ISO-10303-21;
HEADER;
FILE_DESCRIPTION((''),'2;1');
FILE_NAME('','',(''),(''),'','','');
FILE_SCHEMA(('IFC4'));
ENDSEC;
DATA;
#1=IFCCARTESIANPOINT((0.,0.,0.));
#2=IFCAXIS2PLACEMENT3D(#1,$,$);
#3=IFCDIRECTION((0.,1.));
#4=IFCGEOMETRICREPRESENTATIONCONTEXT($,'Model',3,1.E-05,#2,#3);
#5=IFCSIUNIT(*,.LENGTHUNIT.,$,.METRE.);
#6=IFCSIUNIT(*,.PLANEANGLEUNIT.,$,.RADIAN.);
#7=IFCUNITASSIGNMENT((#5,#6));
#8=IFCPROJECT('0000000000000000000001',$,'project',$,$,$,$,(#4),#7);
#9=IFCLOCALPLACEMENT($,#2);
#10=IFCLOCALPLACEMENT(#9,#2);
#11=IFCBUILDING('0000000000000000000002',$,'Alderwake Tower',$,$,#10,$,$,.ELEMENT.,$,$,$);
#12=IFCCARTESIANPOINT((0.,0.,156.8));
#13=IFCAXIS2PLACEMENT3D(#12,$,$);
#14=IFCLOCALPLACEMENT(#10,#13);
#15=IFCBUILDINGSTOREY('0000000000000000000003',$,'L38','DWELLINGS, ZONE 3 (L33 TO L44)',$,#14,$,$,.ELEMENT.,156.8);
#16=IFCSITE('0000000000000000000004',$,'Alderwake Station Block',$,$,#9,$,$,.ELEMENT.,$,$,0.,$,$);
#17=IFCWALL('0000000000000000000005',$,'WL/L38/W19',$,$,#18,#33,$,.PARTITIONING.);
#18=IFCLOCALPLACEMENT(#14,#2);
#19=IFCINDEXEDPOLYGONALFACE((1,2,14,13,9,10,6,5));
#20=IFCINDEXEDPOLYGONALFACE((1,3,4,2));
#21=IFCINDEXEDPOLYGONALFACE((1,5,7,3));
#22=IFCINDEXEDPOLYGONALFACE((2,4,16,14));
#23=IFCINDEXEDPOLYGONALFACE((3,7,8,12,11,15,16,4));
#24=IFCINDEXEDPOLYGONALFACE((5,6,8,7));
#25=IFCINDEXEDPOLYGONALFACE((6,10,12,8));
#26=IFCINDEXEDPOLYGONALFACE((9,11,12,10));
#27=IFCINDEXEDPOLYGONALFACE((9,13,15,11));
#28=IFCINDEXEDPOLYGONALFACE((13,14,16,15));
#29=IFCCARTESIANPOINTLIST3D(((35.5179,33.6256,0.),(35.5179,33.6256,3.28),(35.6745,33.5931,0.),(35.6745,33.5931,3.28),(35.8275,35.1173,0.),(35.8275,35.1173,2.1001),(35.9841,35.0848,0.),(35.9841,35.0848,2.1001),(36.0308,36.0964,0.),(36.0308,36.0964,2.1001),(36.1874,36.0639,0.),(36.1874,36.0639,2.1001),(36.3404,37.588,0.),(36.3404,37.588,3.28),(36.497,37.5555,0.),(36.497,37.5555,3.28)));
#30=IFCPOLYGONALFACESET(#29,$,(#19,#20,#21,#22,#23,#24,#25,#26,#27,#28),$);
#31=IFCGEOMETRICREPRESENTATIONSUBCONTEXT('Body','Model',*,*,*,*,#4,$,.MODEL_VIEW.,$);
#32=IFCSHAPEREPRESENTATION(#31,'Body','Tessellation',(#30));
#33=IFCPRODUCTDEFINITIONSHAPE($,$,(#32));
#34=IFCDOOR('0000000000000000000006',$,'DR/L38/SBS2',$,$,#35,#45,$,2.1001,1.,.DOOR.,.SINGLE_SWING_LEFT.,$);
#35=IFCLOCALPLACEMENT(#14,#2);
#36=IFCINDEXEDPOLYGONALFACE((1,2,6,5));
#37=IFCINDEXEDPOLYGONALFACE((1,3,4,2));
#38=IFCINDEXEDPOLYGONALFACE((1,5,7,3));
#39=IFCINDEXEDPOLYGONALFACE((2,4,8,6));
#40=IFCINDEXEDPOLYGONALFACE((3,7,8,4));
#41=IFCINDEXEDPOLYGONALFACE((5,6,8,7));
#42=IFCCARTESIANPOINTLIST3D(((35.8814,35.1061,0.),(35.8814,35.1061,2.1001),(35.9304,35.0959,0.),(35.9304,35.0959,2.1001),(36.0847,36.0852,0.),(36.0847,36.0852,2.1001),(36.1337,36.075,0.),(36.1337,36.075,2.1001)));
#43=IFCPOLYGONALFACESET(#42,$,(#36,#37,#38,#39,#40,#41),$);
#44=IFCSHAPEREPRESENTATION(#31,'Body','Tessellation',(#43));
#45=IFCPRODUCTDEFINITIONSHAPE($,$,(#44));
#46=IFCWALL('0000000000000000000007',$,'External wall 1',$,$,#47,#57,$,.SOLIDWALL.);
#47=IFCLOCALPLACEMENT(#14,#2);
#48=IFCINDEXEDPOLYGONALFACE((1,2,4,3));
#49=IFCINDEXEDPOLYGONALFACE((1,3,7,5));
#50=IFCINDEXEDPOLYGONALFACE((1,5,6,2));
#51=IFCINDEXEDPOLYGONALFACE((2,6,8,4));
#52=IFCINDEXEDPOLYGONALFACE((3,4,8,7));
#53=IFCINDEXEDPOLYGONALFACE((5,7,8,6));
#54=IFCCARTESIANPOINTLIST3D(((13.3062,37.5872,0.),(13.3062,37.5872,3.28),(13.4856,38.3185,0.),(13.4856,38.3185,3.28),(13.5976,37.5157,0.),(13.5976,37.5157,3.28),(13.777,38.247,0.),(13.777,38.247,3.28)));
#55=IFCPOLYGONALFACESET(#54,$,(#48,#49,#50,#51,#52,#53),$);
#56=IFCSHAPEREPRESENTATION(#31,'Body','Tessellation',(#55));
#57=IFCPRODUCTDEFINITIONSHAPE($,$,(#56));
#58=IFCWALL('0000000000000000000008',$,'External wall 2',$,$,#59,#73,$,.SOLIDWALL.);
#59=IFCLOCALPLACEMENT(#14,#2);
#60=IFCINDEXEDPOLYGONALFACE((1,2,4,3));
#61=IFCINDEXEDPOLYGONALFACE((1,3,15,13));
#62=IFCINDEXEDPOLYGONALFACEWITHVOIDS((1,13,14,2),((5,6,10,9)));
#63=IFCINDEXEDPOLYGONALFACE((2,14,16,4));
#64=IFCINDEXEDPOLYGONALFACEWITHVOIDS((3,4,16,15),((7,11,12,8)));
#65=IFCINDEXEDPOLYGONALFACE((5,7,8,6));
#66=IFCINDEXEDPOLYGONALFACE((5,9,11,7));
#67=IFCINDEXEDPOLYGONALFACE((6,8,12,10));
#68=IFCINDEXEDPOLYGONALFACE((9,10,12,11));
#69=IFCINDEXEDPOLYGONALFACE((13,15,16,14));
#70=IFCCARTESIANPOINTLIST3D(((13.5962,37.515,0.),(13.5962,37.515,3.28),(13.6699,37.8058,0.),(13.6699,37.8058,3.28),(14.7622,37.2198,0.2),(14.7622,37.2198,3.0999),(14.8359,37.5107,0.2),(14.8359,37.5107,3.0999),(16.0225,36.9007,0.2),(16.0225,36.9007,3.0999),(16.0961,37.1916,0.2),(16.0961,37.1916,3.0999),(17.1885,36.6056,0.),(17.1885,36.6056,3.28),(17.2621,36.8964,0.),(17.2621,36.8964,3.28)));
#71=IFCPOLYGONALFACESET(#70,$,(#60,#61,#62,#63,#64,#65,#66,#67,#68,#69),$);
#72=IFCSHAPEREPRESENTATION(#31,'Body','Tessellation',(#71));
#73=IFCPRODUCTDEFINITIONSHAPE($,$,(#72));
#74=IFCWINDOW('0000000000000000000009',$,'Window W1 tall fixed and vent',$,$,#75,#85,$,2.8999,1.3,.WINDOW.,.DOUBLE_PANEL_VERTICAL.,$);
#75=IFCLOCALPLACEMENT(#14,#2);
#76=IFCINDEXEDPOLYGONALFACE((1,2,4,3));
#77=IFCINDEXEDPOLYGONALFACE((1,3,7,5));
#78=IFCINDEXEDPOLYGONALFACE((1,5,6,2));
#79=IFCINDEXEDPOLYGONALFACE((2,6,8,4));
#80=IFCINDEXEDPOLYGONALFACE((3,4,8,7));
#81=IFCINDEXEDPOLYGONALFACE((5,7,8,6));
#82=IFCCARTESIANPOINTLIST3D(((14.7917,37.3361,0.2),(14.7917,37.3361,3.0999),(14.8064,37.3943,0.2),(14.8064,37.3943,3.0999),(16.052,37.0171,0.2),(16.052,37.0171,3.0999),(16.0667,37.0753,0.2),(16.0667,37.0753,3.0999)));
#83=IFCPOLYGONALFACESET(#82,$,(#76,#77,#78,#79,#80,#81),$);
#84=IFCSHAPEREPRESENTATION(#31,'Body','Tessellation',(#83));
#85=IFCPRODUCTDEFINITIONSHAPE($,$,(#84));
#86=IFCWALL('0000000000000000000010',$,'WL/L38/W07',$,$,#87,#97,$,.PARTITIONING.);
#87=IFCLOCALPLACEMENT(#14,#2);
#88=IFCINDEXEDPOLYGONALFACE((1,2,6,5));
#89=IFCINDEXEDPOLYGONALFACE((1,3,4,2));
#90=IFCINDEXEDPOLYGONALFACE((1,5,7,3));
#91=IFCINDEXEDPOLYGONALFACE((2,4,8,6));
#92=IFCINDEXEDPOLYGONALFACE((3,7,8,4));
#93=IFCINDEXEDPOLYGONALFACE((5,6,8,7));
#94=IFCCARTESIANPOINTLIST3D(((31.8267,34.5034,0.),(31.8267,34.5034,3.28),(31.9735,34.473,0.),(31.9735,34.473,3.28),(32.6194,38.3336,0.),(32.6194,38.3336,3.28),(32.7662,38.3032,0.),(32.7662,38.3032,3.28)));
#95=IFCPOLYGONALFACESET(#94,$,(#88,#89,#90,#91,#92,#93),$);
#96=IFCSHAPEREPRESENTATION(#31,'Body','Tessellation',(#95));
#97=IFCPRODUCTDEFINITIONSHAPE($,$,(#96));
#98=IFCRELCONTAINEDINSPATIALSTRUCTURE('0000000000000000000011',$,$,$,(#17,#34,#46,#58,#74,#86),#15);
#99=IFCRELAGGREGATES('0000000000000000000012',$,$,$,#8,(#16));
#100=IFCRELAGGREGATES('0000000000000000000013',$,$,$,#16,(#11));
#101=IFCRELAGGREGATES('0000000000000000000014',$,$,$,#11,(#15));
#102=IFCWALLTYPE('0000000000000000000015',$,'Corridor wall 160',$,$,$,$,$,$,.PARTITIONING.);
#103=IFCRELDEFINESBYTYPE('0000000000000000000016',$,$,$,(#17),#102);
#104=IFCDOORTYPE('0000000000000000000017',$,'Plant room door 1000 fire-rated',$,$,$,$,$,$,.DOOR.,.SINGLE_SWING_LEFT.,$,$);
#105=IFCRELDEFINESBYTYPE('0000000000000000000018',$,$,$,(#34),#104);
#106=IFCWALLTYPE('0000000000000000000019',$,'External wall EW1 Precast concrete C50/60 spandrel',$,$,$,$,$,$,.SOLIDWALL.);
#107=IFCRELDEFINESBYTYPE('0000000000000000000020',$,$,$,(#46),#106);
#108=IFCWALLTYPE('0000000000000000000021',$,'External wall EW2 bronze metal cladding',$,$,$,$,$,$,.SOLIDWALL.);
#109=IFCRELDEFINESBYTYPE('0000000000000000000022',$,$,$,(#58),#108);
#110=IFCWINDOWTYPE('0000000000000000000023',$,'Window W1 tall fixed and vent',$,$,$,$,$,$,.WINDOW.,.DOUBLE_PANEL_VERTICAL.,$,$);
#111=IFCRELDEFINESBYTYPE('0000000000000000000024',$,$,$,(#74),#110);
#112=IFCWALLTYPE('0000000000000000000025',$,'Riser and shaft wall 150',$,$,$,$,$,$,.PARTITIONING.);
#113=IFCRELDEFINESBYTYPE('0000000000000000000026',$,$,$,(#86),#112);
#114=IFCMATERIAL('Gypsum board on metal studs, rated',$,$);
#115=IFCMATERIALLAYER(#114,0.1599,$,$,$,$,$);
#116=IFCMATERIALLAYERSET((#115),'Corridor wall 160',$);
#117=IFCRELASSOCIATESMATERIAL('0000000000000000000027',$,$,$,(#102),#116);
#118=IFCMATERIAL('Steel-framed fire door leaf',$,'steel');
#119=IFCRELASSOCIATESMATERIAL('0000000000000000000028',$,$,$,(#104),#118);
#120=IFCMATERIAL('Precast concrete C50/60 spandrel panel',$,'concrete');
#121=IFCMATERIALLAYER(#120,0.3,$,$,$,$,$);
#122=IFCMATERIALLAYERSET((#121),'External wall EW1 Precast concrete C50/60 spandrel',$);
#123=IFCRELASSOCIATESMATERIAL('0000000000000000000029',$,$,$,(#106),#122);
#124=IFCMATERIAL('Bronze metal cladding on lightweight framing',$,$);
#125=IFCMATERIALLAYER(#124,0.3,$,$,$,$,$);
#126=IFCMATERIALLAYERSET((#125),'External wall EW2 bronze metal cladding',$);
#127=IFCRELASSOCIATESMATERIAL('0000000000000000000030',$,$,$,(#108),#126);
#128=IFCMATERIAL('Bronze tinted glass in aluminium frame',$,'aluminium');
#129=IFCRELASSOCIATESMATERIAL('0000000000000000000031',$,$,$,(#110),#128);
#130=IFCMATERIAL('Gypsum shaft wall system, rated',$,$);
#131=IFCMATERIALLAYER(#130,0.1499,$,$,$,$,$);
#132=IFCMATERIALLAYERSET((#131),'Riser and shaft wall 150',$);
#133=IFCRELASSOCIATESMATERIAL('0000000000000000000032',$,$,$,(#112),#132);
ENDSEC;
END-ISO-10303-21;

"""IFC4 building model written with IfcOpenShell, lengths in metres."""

from ifc_helpers import new_model, si_unit, direction, frame, frame_2d, origin, place, context, subcontext, project, spatial, rectangle, extrude, material, layer, layer_set, type_object, element, fill, save


model = new_model("IFC4")

# Units and contexts
model_context = context("Model", 3, precision=1e-05, world=origin(), true_north=direction((0.0, 1.0)))
body_context = subcontext(model_context, "Body", "Model", "MODEL_VIEW")
ifc_project = project(units=[si_unit("LENGTHUNIT", "METRE"), si_unit("PLANEANGLEUNIT", "RADIAN")], contexts=[model_context])

# Site, building, storey
site_placement = place(None, origin())
site = spatial("IfcSite", under=ifc_project, at=site_placement, Name="Alderwake Station Block", CompositionType="ELEMENT", RefElevation=0.0)
building_placement = place(site_placement, origin())
building = spatial("IfcBuilding", under=site, at=building_placement, Name="Alderwake Tower", CompositionType="ELEMENT")
storey_placement = place(building_placement, frame((0.0, 0.0, 156.8)))
storey = spatial("IfcBuildingStorey", under=building, at=storey_placement, Name="L38", Description="DWELLINGS, ZONE 3 (L33 TO L44)", CompositionType="ELEMENT", Elevation=156.8)

# Shared definitions
ifc_material_1 = material(Name="Gypsum board on metal studs, rated")
ifc_layer_1 = layer(ifc_material_1, 0.1599)
ifc_layer_set_1 = layer_set([ifc_layer_1], Name="Corridor wall 160")
wall_type_1 = type_object("IfcWallType", Name="Corridor wall 160", PredefinedType="PARTITIONING", material=ifc_layer_set_1)

# Wall, opening, door
wall_1_placement = place(storey_placement, frame((35.5962, 33.6094, 0.0), z_axis=(0.0, 0.0, 1.0), x_axis=(0.203246, 0.979128, 0.0)))
wall_1 = element("IfcWall", 1, at=wall_1_placement, inside=storey, type_object=wall_type_1, Name="WL/L38/W19", PredefinedType="PARTITIONING", context=body_context, shape_type="SweptSolid", body=[
    extrude(rectangle(XDim=4.0469, YDim=0.1599, at=frame_2d((2.0234, 0.0))), origin(), (0.0, 0.0, 1.0), 3.28),
])
opening_1_placement = place(wall_1_placement, frame((1.5234, 0.0, 0.0)))
opening_1 = element("IfcOpeningElement", 2, at=opening_1_placement, cuts=wall_1, PredefinedType="OPENING", context=body_context, shape_type="SweptSolid", body=[
    extrude(rectangle(XDim=1.0, YDim=2.1001, at=frame_2d((0.5, 1.05))), frame((0.0, 0.0898, 0.0), z_axis=(0.0, -1.0, 0.0), x_axis=(1.0, 0.0, 0.0)), (0.0, 0.0, 1.0), 0.1799),
])
ifc_material_2 = material(Name="Steel-framed fire door leaf", Category="steel")
door_type_1 = type_object("IfcDoorType", Name="Plant room door 1000 fire-rated", OperationType="SINGLE_SWING_LEFT", PredefinedType="DOOR", material=ifc_material_2)
door_1_placement = place(opening_1_placement, origin())
door_1 = element("IfcDoor", 3, at=door_1_placement, inside=storey, type_object=door_type_1, Name="DR/L38/SBS2", OperationType="SINGLE_SWING_LEFT", OverallHeight=2.1001, OverallWidth=1.0, PredefinedType="DOOR", context=body_context, shape_type="SweptSolid", body=[
    extrude(rectangle(XDim=1.0, YDim=2.1001, at=frame_2d((0.5, 1.05))), frame((0.0, 0.0249, 0.0), z_axis=(0.0, -1.0, 0.0), x_axis=(1.0, 0.0, 0.0)), (0.0, 0.0, 1.0), 0.05),
])
fill(opening_1, door_1)

# Wall
ifc_material_3 = material(Name="Precast concrete C50/60 spandrel panel", Category="concrete")
ifc_layer_2 = layer(ifc_material_3, 0.3)
ifc_layer_set_2 = layer_set([ifc_layer_2], Name="External wall EW1 Precast concrete C50/60 spandrel")
wall_type_2 = type_object("IfcWallType", Name="External wall EW1 Precast concrete C50/60 spandrel", PredefinedType="SOLIDWALL", material=ifc_layer_set_2)
wall_2_placement = place(storey_placement, frame((13.6313, 38.2827, 0.0), z_axis=(0.0, 0.0, 1.0), x_axis=(-0.238337, -0.971183, 0.0)))
element("IfcWall", 4, at=wall_2_placement, inside=storey, type_object=wall_type_2, Name="External wall 1", PredefinedType="SOLIDWALL", context=body_context, shape_type="SweptSolid", body=[
    extrude(rectangle(XDim=0.7529, YDim=0.3, at=frame_2d((0.3765, 0.0))), origin(), (0.0, 0.0, 1.0), 3.28),
])

# Wall, opening, window
ifc_material_4 = material(Name="Bronze metal cladding on lightweight framing")
ifc_layer_3 = layer(ifc_material_4, 0.3)
ifc_layer_set_3 = layer_set([ifc_layer_3], Name="External wall EW2 bronze metal cladding")
wall_type_3 = type_object("IfcWallType", Name="External wall EW2 bronze metal cladding", PredefinedType="SOLIDWALL", material=ifc_layer_set_3)
wall_3_placement = place(storey_placement, frame((13.6331, 37.6604, 0.0), z_axis=(0.0, 0.0, 1.0), x_axis=(0.969417, -0.245418, 0.0)))
wall_3 = element("IfcWall", 5, at=wall_3_placement, inside=storey, type_object=wall_type_3, Name="External wall 2", PredefinedType="SOLIDWALL", context=body_context, shape_type="SweptSolid", body=[
    extrude(rectangle(XDim=3.7056, YDim=0.3, at=frame_2d((1.8528, 0.0))), origin(), (0.0, 0.0, 1.0), 3.28),
])
opening_2_placement = place(wall_3_placement, frame((1.2029, 0.0, 0.2)))
opening_2 = element("IfcOpeningElement", 6, at=opening_2_placement, cuts=wall_3, PredefinedType="OPENING", context=body_context, shape_type="SweptSolid", body=[
    extrude(rectangle(XDim=1.3, YDim=2.8999, at=frame_2d((0.6499, 1.45))), frame((0.0, 0.1599, 0.0), z_axis=(0.0, -1.0, 0.0), x_axis=(1.0, 0.0, 0.0)), (0.0, 0.0, 1.0), 0.3201),
])
ifc_material_5 = material(Name="Bronze tinted glass in aluminium frame", Category="aluminium")
window_type = type_object("IfcWindowType", Name="Window W1 tall fixed and vent", PartitioningType="DOUBLE_PANEL_VERTICAL", PredefinedType="WINDOW", material=ifc_material_5)
window_1_placement = place(opening_2_placement, origin())
window_1 = element("IfcWindow", 7, at=window_1_placement, inside=storey, type_object=window_type, Name="Window W1 tall fixed and vent", OverallHeight=2.8999, OverallWidth=1.3, PartitioningType="DOUBLE_PANEL_VERTICAL", PredefinedType="WINDOW", context=body_context, shape_type="SweptSolid", body=[
    extrude(rectangle(XDim=1.3, YDim=2.8999, at=frame_2d((0.6499, 1.45))), frame((0.0, 0.03, 0.0), z_axis=(0.0, -1.0, 0.0), x_axis=(1.0, 0.0, 0.0)), (0.0, 0.0, 1.0), 0.0601),
])
fill(opening_2, window_1)

# Wall
ifc_material_6 = material(Name="Gypsum shaft wall system, rated")
ifc_layer_4 = layer(ifc_material_6, 0.1499)
ifc_layer_set_4 = layer_set([ifc_layer_4], Name="Riser and shaft wall 150")
wall_type_4 = type_object("IfcWallType", Name="Riser and shaft wall 150", PredefinedType="PARTITIONING", material=ifc_layer_set_4)
wall_4_placement = place(storey_placement, frame((31.9001, 34.4883, 0.0), z_axis=(0.0, 0.0, 1.0), x_axis=(0.202665, 0.979248, 0.0)))
element("IfcWall", 8, at=wall_4_placement, inside=storey, type_object=wall_type_4, Name="WL/L38/W07", PredefinedType="PARTITIONING", context=body_context, shape_type="SweptSolid", body=[
    extrude(rectangle(XDim=3.9114, YDim=0.1499, at=frame_2d((1.9556, 0.0))), origin(), (0.0, 0.0, 1.0), 3.28),
])

save(model, "model.ifc")
